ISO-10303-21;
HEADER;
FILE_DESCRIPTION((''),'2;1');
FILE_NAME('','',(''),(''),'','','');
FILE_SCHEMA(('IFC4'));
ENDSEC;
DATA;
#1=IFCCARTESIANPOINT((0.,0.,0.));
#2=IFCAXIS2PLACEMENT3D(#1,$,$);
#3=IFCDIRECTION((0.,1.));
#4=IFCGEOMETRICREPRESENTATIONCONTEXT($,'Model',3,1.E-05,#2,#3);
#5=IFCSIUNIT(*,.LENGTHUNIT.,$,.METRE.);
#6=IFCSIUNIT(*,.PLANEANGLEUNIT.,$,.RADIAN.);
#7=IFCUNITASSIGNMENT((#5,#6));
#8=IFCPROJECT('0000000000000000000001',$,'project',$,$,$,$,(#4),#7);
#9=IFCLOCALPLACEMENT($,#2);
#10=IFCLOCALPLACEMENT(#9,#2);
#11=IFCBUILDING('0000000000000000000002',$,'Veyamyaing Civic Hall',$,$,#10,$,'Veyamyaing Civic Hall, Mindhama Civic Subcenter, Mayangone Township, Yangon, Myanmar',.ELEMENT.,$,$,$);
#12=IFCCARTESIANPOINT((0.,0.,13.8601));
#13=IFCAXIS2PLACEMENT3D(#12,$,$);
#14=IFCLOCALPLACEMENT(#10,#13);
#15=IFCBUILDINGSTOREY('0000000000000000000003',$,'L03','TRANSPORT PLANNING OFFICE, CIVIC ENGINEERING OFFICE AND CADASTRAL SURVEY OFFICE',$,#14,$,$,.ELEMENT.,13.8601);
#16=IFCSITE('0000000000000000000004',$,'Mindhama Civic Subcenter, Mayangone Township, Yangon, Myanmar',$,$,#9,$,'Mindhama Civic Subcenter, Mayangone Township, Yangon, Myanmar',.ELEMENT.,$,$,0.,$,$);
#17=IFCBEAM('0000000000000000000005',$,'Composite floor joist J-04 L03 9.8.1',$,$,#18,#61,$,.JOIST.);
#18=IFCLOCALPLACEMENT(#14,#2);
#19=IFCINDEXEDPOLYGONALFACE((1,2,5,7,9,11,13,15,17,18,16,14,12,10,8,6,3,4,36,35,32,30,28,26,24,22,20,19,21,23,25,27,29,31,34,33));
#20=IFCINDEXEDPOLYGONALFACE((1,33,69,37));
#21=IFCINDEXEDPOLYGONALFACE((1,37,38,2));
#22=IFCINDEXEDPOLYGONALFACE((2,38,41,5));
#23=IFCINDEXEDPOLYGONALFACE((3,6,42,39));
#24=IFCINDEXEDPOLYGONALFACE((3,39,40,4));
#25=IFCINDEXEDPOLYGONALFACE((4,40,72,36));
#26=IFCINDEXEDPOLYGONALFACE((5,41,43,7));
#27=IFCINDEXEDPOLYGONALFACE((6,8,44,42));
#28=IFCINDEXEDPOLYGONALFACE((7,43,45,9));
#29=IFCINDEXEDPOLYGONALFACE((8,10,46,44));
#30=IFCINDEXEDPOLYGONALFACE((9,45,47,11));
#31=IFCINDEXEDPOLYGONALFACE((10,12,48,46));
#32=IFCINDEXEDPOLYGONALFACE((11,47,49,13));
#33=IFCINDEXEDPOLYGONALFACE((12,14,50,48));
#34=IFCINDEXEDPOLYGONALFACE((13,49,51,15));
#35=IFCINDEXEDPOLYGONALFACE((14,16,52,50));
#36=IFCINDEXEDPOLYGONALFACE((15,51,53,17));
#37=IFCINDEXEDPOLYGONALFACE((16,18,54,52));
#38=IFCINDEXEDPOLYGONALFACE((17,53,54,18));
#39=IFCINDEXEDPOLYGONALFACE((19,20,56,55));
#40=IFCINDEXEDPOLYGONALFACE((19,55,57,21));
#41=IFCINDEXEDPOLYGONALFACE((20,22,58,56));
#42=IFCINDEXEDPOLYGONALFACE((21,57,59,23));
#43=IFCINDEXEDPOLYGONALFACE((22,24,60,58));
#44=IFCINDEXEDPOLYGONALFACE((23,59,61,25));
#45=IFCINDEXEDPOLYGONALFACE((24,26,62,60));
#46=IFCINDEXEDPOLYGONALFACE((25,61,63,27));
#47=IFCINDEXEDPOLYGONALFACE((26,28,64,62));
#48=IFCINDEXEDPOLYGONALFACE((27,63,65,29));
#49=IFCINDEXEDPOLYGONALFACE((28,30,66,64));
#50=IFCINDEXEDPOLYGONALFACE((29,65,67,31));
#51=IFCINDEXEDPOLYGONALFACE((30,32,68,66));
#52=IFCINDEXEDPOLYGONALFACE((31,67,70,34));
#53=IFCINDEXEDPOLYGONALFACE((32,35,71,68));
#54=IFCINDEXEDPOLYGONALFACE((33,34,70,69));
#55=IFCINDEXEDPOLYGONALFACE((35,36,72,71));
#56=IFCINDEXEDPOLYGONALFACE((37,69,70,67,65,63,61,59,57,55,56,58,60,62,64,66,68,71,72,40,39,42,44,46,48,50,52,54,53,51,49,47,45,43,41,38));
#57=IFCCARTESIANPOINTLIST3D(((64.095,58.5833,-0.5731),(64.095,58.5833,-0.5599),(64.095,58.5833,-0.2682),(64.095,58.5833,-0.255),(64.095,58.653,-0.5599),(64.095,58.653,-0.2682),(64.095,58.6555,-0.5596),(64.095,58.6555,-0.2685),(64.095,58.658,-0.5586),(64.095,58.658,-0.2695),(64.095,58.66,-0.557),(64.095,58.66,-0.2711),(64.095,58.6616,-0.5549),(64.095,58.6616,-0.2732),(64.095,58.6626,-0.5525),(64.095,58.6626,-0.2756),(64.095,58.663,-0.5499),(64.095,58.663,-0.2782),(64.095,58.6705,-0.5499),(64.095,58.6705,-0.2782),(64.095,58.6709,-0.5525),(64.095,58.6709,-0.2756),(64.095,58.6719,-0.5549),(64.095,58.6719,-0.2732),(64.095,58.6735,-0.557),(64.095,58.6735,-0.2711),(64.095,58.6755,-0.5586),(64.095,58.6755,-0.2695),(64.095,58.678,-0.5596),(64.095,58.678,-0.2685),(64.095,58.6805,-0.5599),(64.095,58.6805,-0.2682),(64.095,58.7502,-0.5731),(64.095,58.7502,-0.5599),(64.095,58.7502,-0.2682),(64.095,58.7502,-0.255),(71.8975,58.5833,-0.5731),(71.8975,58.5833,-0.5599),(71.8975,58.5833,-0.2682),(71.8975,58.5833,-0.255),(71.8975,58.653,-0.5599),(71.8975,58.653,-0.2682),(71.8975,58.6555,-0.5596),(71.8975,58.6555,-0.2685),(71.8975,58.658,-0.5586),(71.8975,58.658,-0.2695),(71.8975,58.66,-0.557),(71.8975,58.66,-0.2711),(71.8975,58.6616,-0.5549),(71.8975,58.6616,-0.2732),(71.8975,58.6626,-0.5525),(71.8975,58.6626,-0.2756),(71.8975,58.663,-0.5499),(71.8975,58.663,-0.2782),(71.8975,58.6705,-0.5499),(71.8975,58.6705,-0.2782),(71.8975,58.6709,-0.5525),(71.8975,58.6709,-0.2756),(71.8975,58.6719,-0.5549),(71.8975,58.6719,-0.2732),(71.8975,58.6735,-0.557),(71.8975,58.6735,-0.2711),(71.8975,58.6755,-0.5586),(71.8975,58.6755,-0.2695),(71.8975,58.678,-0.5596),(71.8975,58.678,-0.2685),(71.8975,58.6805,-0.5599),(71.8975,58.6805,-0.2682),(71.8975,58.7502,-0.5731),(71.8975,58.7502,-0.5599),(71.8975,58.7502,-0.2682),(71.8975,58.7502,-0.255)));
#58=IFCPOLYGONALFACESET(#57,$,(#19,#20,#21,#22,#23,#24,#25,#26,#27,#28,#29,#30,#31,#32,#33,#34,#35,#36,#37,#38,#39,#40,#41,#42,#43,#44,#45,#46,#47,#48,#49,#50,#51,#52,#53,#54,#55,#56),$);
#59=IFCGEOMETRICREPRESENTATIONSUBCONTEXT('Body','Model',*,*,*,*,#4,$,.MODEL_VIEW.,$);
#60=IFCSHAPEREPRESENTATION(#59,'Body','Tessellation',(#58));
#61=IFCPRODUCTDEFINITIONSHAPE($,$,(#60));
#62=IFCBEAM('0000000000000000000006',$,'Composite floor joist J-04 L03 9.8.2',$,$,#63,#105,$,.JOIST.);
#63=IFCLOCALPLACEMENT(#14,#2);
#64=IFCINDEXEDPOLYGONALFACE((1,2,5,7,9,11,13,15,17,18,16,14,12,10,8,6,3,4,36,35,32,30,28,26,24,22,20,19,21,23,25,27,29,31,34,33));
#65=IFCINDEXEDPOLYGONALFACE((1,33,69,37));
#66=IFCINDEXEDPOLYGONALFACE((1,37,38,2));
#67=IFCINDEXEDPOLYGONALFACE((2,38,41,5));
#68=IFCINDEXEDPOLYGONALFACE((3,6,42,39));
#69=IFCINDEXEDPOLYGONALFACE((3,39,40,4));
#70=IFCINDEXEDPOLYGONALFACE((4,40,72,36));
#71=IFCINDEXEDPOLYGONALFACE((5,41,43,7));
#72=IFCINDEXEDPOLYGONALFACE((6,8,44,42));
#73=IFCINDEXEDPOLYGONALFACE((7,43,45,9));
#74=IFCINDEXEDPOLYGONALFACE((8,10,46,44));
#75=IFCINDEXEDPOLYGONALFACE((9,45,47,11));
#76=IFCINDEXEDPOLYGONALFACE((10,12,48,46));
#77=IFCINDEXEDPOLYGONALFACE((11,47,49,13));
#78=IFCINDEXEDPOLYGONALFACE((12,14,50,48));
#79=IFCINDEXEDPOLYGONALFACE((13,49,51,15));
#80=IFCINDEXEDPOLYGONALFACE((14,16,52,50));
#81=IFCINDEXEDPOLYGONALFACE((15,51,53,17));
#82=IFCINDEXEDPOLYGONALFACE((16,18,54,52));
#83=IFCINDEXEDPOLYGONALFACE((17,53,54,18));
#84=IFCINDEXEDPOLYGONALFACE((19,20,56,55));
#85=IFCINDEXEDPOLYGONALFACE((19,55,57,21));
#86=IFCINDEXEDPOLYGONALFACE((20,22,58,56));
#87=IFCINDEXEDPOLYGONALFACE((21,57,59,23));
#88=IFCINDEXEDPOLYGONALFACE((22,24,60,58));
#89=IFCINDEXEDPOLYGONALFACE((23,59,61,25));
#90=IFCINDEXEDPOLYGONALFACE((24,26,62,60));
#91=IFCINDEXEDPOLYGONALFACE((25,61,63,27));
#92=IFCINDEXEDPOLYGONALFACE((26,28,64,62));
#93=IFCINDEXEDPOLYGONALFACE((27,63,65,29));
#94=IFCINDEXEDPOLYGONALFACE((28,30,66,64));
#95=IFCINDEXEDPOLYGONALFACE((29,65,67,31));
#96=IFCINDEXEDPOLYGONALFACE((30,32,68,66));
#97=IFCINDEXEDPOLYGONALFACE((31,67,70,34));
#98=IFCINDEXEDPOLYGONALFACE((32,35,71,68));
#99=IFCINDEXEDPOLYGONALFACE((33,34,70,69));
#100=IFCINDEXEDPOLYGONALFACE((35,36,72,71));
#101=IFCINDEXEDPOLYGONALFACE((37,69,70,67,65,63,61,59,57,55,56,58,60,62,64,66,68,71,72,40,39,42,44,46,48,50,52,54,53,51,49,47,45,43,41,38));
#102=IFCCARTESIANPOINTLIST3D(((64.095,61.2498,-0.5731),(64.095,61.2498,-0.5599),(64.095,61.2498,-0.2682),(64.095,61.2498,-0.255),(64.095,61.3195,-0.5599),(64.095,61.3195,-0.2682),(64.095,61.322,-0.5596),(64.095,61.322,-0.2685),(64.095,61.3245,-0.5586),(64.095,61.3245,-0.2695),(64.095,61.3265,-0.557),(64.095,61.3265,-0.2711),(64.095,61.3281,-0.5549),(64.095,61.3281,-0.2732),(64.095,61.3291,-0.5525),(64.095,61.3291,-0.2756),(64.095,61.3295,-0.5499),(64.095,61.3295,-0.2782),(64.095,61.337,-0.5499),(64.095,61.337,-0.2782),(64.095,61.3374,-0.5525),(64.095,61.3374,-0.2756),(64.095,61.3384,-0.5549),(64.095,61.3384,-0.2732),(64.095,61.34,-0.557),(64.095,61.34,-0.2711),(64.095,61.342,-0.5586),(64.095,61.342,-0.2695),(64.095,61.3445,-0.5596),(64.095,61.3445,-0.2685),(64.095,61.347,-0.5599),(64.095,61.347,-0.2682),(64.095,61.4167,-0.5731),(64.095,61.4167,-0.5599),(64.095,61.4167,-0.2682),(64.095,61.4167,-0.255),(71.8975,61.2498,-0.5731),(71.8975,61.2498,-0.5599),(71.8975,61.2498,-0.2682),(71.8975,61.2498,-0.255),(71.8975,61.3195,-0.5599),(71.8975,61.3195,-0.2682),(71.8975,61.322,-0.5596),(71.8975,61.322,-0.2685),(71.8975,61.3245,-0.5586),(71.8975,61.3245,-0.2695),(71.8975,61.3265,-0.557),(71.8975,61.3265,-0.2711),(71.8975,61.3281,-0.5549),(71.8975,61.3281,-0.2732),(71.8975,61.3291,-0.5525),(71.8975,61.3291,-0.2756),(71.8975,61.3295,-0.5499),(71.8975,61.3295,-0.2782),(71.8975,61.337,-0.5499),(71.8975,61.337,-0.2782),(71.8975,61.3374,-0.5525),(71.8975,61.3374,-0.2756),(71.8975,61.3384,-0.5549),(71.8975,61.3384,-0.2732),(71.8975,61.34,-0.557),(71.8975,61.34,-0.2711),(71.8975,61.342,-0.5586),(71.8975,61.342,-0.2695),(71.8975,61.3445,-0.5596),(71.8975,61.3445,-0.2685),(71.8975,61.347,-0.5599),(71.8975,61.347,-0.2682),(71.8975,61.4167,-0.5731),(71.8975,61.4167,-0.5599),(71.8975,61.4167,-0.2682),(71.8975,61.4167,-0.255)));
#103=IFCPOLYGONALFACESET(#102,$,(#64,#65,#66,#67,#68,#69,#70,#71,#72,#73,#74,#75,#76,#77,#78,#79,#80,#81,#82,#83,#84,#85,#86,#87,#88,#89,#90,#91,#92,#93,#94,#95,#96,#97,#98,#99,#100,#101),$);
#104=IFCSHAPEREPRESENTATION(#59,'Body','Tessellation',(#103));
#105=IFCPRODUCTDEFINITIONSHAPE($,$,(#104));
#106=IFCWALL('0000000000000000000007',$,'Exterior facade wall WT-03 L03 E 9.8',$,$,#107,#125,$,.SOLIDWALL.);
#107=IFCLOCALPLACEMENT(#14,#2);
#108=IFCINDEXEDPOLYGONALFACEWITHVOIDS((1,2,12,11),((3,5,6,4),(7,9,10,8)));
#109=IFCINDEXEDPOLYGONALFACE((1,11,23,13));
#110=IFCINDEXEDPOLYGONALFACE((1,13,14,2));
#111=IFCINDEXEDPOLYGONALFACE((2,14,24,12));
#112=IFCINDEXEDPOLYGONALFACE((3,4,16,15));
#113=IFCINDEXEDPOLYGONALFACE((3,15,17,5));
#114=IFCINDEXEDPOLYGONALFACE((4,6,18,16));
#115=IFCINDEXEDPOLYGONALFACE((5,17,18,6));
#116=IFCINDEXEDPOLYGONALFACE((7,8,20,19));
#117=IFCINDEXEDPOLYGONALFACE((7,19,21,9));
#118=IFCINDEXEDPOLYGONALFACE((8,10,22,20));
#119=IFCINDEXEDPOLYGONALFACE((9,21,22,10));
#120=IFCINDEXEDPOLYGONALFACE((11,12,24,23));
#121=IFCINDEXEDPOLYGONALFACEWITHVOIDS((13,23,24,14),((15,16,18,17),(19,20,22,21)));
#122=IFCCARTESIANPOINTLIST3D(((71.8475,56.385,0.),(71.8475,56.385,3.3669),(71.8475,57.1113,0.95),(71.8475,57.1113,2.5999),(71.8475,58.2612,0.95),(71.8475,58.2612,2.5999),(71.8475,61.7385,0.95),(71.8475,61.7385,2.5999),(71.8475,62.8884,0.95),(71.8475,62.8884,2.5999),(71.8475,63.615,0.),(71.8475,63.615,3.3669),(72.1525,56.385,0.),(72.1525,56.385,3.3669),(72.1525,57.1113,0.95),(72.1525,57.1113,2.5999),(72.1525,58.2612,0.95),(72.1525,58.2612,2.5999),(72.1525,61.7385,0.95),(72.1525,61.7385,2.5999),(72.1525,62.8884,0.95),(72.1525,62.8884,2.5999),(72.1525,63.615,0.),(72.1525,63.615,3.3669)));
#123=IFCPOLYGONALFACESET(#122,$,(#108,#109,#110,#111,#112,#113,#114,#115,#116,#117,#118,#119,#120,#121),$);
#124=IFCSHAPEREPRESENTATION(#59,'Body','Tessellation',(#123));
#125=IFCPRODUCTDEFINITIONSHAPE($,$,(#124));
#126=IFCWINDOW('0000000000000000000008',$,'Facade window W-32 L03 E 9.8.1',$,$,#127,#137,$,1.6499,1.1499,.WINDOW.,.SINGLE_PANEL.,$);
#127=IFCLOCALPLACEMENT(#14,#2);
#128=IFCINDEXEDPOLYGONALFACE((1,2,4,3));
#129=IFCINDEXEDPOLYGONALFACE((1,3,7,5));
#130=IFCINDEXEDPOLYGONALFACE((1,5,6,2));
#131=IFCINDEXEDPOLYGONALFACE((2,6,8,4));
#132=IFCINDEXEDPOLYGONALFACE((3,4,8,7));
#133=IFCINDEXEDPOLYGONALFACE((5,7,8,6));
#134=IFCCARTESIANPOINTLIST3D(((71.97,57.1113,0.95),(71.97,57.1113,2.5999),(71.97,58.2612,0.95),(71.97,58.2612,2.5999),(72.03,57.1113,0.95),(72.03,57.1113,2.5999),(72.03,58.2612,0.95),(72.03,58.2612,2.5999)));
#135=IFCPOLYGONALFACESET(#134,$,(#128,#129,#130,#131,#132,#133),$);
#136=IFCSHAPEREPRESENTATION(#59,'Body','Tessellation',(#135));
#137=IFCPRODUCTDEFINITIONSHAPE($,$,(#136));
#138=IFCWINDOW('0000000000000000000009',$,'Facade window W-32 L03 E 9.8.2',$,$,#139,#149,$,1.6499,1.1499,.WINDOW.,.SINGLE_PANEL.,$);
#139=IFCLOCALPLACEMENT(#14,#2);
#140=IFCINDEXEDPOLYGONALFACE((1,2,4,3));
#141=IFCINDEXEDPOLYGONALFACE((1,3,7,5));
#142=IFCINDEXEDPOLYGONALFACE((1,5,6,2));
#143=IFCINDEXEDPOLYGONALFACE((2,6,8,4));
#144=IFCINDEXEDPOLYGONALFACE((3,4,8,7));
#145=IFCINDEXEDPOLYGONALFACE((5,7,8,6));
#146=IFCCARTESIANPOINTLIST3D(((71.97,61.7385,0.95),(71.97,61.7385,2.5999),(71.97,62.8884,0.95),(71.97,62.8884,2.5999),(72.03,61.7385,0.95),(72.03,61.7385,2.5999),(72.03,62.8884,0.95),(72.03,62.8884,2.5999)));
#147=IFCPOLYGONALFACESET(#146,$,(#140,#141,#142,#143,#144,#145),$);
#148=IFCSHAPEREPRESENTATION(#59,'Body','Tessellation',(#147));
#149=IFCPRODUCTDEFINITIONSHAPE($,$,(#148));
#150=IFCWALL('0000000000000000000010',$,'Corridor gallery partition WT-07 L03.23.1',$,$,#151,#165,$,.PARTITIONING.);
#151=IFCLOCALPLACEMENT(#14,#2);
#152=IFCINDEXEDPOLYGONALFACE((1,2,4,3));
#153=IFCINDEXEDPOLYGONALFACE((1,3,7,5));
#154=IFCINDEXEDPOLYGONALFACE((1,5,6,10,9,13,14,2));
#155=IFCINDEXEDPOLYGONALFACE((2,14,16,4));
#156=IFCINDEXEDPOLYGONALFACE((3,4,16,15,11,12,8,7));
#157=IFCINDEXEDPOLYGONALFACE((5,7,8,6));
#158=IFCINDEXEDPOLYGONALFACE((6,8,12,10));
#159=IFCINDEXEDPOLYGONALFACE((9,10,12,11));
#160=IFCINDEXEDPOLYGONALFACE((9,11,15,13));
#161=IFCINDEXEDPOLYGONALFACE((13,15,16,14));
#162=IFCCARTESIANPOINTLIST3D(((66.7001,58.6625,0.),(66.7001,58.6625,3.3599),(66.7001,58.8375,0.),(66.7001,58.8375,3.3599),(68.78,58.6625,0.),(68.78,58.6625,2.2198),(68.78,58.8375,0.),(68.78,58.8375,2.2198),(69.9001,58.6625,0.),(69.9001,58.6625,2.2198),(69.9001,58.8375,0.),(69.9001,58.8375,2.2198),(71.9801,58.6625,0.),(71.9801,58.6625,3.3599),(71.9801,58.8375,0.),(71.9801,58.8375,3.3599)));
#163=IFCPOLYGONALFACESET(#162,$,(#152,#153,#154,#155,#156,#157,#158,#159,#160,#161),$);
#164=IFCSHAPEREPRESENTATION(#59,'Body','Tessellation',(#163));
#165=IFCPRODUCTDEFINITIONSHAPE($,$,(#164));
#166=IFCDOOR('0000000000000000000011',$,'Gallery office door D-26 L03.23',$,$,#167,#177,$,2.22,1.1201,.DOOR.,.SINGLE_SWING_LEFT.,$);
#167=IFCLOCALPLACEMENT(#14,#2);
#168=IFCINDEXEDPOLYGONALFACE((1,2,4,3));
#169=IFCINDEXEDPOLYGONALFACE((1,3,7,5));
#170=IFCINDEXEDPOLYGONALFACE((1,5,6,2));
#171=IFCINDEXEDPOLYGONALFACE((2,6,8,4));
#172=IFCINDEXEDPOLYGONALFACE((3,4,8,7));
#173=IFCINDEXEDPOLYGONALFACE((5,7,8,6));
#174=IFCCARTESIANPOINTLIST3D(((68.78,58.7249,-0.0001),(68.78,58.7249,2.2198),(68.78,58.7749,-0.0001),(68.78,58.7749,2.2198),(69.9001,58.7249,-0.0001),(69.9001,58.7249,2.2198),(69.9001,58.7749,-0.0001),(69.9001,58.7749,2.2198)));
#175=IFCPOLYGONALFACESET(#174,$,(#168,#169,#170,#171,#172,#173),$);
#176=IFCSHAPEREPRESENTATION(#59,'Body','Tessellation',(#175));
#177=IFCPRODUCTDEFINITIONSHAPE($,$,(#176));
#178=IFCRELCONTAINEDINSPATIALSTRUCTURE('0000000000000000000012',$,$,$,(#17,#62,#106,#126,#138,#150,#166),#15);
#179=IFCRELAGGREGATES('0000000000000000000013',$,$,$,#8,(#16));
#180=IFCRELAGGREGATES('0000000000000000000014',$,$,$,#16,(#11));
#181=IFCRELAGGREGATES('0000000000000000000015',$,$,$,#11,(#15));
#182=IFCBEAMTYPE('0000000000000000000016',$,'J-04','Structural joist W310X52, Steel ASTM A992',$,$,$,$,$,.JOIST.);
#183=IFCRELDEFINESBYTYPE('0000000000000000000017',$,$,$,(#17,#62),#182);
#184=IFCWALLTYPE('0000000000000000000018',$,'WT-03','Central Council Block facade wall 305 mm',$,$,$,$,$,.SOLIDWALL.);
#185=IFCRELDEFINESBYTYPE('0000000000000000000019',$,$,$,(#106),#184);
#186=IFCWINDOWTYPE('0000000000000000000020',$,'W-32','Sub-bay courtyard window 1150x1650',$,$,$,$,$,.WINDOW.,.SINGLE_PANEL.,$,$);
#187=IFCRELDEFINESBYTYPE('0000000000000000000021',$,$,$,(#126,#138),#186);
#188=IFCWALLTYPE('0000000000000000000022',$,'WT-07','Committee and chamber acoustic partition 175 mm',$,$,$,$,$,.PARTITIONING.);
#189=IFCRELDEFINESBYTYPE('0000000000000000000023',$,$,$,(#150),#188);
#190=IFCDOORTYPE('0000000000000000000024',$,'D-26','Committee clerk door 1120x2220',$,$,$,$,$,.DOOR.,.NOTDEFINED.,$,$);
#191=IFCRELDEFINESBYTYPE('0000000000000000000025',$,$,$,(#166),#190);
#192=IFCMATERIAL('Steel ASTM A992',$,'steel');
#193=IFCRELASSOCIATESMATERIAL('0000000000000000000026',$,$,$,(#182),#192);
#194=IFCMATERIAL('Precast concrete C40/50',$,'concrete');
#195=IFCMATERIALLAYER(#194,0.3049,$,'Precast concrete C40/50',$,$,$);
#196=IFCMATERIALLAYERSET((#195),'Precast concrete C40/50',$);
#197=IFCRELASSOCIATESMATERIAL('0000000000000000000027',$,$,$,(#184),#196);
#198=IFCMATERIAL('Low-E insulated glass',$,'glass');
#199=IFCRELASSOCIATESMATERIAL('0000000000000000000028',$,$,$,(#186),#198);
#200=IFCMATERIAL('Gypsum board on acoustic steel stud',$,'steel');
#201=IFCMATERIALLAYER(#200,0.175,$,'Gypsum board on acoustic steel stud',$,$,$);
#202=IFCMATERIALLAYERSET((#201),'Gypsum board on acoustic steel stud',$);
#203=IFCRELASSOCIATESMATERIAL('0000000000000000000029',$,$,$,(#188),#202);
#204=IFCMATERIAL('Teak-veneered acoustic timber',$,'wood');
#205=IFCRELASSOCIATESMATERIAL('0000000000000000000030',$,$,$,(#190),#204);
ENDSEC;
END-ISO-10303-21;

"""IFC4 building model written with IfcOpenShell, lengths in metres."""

from ifc_helpers import new_model, si_unit, direction, frame, frame_2d, origin, origin_2d, place, context, subcontext, project, spatial, rectangle, i_section, extrude, material, layer, layer_set, material_profile, profile_set, type_object, element, fill, save


model = new_model("IFC4")

# Units and contexts
model_context = context("Model", 3, precision=1e-05, world=origin(), true_north=direction((0.0, 1.0)))
body_context = subcontext(model_context, "Body", "Model", "MODEL_VIEW")
ifc_project = project(units=[si_unit("LENGTHUNIT", "METRE"), si_unit("PLANEANGLEUNIT", "RADIAN")], contexts=[model_context])

# Site, building, storey
site_placement = place(None, origin())
site = spatial("IfcSite", under=ifc_project, at=site_placement, Name="Mindhama Civic Subcenter, Mayangone Township, Yangon, Myanmar", LongName="Mindhama Civic Subcenter, Mayangone Township, Yangon, Myanmar", CompositionType="ELEMENT", RefElevation=0.0)
building_placement = place(site_placement, origin())
building = spatial("IfcBuilding", under=site, at=building_placement, Name="Veyamyaing Civic Hall", LongName="Veyamyaing Civic Hall, Mindhama Civic Subcenter, Mayangone Township, Yangon, Myanmar", CompositionType="ELEMENT")
storey_placement = place(building_placement, frame((0.0, 0.0, 13.8601)))
storey = spatial("IfcBuildingStorey", under=building, at=storey_placement, Name="L03", Description="TRANSPORT PLANNING OFFICE, CIVIC ENGINEERING OFFICE AND CADASTRAL SURVEY OFFICE", CompositionType="ELEMENT", Elevation=13.8601)

# Beams
ifc_material_1 = material(Name="Steel ASTM A992", Category="steel")
ifc_material_profile_1 = material_profile(ifc_material_1, i_section(OverallWidth=0.167, OverallDepth=0.3181, WebThickness=0.0076, FlangeThickness=0.0132, FilletRadius=0.01, at=origin_2d()), Name="W310X52")
ifc_profile_set_1 = profile_set([ifc_material_profile_1], Name="Steel ASTM A992")
beam_type_1 = type_object("IfcBeamType", Name="J-04", Description="Structural joist W310X52, Steel ASTM A992", PredefinedType="JOIST", material=ifc_profile_set_1)
for number, where, z_axis, x_axis, name in (
    (1, (64.095, 58.6667, -0.4141), (1.0, 0.0, 0.0), (0.0, 1.0, 0.0), "Composite floor joist J-04 L03 9.8.1"),
    (2, (64.095, 61.3333, -0.4141), (1.0, 0.0, 0.0), (0.0, 1.0, 0.0), "Composite floor joist J-04 L03 9.8.2"),
):
    element("IfcBeam", number, at=place(storey_placement, frame(where, z_axis=z_axis, x_axis=x_axis)), inside=storey, type_object=beam_type_1, Name=name, PredefinedType="JOIST", context=body_context, shape_type="SweptSolid", body=[
        extrude(i_section(OverallWidth=0.167, OverallDepth=0.3181, WebThickness=0.0076, FlangeThickness=0.0132, FilletRadius=0.01, at=origin_2d()), origin(), (0.0, 0.0, 1.0), 7.8025),
    ])

# Wall, openings, windows
ifc_material_2 = material(Name="Precast concrete C40/50", Category="concrete")
ifc_layer_1 = layer(ifc_material_2, 0.3049, Name="Precast concrete C40/50")
ifc_layer_set_1 = layer_set([ifc_layer_1], Name="Precast concrete C40/50")
wall_type_1 = type_object("IfcWallType", Name="WT-03", Description="Central Council Block facade wall 305 mm", PredefinedType="SOLIDWALL", material=ifc_layer_set_1)
wall_1_placement = place(storey_placement, frame((72.0, 56.385, 0.0), z_axis=(0.0, 0.0, 1.0), x_axis=(0.0, 1.0, 0.0)))
wall_1 = element("IfcWall", 3, at=wall_1_placement, inside=storey, type_object=wall_type_1, Name="Exterior facade wall WT-03 L03 E 9.8", PredefinedType="SOLIDWALL", context=body_context, shape_type="SweptSolid", body=[
    extrude(rectangle(XDim=7.23, YDim=0.3049, at=frame_2d((3.615, 0.0))), origin(), (0.0, 0.0, 1.0), 3.3669),
])
opening_1_placement = place(wall_1_placement, frame((0.7263, 0.0, 0.95)))
opening_1 = element("IfcOpeningElement", 4, at=opening_1_placement, cuts=wall_1, PredefinedType="OPENING", context=body_context, shape_type="SweptSolid", body=[
    extrude(rectangle(XDim=1.1499, YDim=1.6499, at=frame_2d((0.575, 0.825))), frame((0.0, 0.1624, 0.0), z_axis=(0.0, -1.0, 0.0), x_axis=(1.0, 0.0, 0.0)), (0.0, 0.0, 1.0), 0.325),
])
opening_2_placement = place(wall_1_placement, frame((5.3535, 0.0, 0.95)))
opening_2 = element("IfcOpeningElement", 5, at=opening_2_placement, cuts=wall_1, PredefinedType="OPENING", context=body_context, shape_type="SweptSolid", body=[
    extrude(rectangle(XDim=1.1499, YDim=1.6499, at=frame_2d((0.575, 0.825))), frame((0.0, 0.1624, 0.0), z_axis=(0.0, -1.0, 0.0), x_axis=(1.0, 0.0, 0.0)), (0.0, 0.0, 1.0), 0.325),
])
ifc_material_3 = material(Name="Low-E insulated glass", Category="glass")
window_type = type_object("IfcWindowType", Name="W-32", Description="Sub-bay courtyard window 1150x1650", PartitioningType="SINGLE_PANEL", PredefinedType="WINDOW", material=ifc_material_3)
window_1_placement = place(opening_1_placement, origin())
window_1 = element("IfcWindow", 6, at=window_1_placement, inside=storey, type_object=window_type, Name="Facade window W-32 L03 E 9.8.1", OverallHeight=1.6499, OverallWidth=1.1499, PartitioningType="SINGLE_PANEL", PredefinedType="WINDOW", context=body_context, shape_type="SweptSolid", body=[
    extrude(rectangle(XDim=1.1499, YDim=1.6499, at=frame_2d((0.575, 0.825))), frame((0.0, 0.03, 0.0), z_axis=(0.0, -1.0, 0.0), x_axis=(1.0, 0.0, 0.0)), (0.0, 0.0, 1.0), 0.0601),
])
fill(opening_1, window_1)
window_2_placement = place(opening_2_placement, origin())
window_2 = element("IfcWindow", 7, at=window_2_placement, inside=storey, type_object=window_type, Name="Facade window W-32 L03 E 9.8.2", OverallHeight=1.6499, OverallWidth=1.1499, PartitioningType="SINGLE_PANEL", PredefinedType="WINDOW", context=body_context, shape_type="SweptSolid", body=[
    extrude(rectangle(XDim=1.1499, YDim=1.6499, at=frame_2d((0.575, 0.825))), frame((0.0, 0.03, 0.0), z_axis=(0.0, -1.0, 0.0), x_axis=(1.0, 0.0, 0.0)), (0.0, 0.0, 1.0), 0.0601),
])
fill(opening_2, window_2)

# Wall, opening, door
ifc_material_4 = material(Name="Gypsum board on acoustic steel stud", Category="steel")
ifc_layer_2 = layer(ifc_material_4, 0.175, Name="Gypsum board on acoustic steel stud")
ifc_layer_set_2 = layer_set([ifc_layer_2], Name="Gypsum board on acoustic steel stud")
wall_type_2 = type_object("IfcWallType", Name="WT-07", Description="Committee and chamber acoustic partition 175 mm", PredefinedType="PARTITIONING", material=ifc_layer_set_2)
wall_2_placement = place(storey_placement, frame((66.7, 58.75, 0.0), z_axis=(0.0, 0.0, 1.0), x_axis=(1.0, 0.0, 0.0)))
wall_2 = element("IfcWall", 8, at=wall_2_placement, inside=storey, type_object=wall_type_2, Name="Corridor gallery partition WT-07 L03.23.1", PredefinedType="PARTITIONING", context=body_context, shape_type="SweptSolid", body=[
    extrude(rectangle(XDim=5.28, YDim=0.175, at=frame_2d((2.6401, 0.0))), origin(), (0.0, 0.0, 1.0), 3.3599),
])
opening_3_placement = place(wall_2_placement, frame((2.0801, 0.0, 0.0)))
opening_3 = element("IfcOpeningElement", 9, at=opening_3_placement, cuts=wall_2, PredefinedType="OPENING", context=body_context, shape_type="SweptSolid", body=[
    extrude(rectangle(XDim=1.1201, YDim=2.22, at=frame_2d((0.5601, 1.1099))), frame((0.0, 0.0974, 0.0), z_axis=(0.0, -1.0, 0.0), x_axis=(1.0, 0.0, 0.0)), (0.0, 0.0, 1.0), 0.1951),
])
ifc_material_5 = material(Name="Teak-veneered acoustic timber", Category="wood")
door_type_1 = type_object("IfcDoorType", Name="D-26", Description="Committee clerk door 1120x2220", OperationType="NOTDEFINED", PredefinedType="DOOR", material=ifc_material_5)
door_1_placement = place(opening_3_placement, origin())
door_1 = element("IfcDoor", 10, at=door_1_placement, inside=storey, type_object=door_type_1, Name="Gallery office door D-26 L03.23", OperationType="SINGLE_SWING_LEFT", OverallHeight=2.22, OverallWidth=1.1201, PredefinedType="DOOR", context=body_context, shape_type="SweptSolid", body=[
    extrude(rectangle(XDim=1.1201, YDim=2.22, at=frame_2d((0.5601, 1.1099))), frame((0.0, 0.0249, 0.0), z_axis=(0.0, -1.0, 0.0), x_axis=(1.0, 0.0, 0.0)), (0.0, 0.0, 1.0), 0.05),
])
fill(opening_3, door_1)

save(model, "model.ifc")
